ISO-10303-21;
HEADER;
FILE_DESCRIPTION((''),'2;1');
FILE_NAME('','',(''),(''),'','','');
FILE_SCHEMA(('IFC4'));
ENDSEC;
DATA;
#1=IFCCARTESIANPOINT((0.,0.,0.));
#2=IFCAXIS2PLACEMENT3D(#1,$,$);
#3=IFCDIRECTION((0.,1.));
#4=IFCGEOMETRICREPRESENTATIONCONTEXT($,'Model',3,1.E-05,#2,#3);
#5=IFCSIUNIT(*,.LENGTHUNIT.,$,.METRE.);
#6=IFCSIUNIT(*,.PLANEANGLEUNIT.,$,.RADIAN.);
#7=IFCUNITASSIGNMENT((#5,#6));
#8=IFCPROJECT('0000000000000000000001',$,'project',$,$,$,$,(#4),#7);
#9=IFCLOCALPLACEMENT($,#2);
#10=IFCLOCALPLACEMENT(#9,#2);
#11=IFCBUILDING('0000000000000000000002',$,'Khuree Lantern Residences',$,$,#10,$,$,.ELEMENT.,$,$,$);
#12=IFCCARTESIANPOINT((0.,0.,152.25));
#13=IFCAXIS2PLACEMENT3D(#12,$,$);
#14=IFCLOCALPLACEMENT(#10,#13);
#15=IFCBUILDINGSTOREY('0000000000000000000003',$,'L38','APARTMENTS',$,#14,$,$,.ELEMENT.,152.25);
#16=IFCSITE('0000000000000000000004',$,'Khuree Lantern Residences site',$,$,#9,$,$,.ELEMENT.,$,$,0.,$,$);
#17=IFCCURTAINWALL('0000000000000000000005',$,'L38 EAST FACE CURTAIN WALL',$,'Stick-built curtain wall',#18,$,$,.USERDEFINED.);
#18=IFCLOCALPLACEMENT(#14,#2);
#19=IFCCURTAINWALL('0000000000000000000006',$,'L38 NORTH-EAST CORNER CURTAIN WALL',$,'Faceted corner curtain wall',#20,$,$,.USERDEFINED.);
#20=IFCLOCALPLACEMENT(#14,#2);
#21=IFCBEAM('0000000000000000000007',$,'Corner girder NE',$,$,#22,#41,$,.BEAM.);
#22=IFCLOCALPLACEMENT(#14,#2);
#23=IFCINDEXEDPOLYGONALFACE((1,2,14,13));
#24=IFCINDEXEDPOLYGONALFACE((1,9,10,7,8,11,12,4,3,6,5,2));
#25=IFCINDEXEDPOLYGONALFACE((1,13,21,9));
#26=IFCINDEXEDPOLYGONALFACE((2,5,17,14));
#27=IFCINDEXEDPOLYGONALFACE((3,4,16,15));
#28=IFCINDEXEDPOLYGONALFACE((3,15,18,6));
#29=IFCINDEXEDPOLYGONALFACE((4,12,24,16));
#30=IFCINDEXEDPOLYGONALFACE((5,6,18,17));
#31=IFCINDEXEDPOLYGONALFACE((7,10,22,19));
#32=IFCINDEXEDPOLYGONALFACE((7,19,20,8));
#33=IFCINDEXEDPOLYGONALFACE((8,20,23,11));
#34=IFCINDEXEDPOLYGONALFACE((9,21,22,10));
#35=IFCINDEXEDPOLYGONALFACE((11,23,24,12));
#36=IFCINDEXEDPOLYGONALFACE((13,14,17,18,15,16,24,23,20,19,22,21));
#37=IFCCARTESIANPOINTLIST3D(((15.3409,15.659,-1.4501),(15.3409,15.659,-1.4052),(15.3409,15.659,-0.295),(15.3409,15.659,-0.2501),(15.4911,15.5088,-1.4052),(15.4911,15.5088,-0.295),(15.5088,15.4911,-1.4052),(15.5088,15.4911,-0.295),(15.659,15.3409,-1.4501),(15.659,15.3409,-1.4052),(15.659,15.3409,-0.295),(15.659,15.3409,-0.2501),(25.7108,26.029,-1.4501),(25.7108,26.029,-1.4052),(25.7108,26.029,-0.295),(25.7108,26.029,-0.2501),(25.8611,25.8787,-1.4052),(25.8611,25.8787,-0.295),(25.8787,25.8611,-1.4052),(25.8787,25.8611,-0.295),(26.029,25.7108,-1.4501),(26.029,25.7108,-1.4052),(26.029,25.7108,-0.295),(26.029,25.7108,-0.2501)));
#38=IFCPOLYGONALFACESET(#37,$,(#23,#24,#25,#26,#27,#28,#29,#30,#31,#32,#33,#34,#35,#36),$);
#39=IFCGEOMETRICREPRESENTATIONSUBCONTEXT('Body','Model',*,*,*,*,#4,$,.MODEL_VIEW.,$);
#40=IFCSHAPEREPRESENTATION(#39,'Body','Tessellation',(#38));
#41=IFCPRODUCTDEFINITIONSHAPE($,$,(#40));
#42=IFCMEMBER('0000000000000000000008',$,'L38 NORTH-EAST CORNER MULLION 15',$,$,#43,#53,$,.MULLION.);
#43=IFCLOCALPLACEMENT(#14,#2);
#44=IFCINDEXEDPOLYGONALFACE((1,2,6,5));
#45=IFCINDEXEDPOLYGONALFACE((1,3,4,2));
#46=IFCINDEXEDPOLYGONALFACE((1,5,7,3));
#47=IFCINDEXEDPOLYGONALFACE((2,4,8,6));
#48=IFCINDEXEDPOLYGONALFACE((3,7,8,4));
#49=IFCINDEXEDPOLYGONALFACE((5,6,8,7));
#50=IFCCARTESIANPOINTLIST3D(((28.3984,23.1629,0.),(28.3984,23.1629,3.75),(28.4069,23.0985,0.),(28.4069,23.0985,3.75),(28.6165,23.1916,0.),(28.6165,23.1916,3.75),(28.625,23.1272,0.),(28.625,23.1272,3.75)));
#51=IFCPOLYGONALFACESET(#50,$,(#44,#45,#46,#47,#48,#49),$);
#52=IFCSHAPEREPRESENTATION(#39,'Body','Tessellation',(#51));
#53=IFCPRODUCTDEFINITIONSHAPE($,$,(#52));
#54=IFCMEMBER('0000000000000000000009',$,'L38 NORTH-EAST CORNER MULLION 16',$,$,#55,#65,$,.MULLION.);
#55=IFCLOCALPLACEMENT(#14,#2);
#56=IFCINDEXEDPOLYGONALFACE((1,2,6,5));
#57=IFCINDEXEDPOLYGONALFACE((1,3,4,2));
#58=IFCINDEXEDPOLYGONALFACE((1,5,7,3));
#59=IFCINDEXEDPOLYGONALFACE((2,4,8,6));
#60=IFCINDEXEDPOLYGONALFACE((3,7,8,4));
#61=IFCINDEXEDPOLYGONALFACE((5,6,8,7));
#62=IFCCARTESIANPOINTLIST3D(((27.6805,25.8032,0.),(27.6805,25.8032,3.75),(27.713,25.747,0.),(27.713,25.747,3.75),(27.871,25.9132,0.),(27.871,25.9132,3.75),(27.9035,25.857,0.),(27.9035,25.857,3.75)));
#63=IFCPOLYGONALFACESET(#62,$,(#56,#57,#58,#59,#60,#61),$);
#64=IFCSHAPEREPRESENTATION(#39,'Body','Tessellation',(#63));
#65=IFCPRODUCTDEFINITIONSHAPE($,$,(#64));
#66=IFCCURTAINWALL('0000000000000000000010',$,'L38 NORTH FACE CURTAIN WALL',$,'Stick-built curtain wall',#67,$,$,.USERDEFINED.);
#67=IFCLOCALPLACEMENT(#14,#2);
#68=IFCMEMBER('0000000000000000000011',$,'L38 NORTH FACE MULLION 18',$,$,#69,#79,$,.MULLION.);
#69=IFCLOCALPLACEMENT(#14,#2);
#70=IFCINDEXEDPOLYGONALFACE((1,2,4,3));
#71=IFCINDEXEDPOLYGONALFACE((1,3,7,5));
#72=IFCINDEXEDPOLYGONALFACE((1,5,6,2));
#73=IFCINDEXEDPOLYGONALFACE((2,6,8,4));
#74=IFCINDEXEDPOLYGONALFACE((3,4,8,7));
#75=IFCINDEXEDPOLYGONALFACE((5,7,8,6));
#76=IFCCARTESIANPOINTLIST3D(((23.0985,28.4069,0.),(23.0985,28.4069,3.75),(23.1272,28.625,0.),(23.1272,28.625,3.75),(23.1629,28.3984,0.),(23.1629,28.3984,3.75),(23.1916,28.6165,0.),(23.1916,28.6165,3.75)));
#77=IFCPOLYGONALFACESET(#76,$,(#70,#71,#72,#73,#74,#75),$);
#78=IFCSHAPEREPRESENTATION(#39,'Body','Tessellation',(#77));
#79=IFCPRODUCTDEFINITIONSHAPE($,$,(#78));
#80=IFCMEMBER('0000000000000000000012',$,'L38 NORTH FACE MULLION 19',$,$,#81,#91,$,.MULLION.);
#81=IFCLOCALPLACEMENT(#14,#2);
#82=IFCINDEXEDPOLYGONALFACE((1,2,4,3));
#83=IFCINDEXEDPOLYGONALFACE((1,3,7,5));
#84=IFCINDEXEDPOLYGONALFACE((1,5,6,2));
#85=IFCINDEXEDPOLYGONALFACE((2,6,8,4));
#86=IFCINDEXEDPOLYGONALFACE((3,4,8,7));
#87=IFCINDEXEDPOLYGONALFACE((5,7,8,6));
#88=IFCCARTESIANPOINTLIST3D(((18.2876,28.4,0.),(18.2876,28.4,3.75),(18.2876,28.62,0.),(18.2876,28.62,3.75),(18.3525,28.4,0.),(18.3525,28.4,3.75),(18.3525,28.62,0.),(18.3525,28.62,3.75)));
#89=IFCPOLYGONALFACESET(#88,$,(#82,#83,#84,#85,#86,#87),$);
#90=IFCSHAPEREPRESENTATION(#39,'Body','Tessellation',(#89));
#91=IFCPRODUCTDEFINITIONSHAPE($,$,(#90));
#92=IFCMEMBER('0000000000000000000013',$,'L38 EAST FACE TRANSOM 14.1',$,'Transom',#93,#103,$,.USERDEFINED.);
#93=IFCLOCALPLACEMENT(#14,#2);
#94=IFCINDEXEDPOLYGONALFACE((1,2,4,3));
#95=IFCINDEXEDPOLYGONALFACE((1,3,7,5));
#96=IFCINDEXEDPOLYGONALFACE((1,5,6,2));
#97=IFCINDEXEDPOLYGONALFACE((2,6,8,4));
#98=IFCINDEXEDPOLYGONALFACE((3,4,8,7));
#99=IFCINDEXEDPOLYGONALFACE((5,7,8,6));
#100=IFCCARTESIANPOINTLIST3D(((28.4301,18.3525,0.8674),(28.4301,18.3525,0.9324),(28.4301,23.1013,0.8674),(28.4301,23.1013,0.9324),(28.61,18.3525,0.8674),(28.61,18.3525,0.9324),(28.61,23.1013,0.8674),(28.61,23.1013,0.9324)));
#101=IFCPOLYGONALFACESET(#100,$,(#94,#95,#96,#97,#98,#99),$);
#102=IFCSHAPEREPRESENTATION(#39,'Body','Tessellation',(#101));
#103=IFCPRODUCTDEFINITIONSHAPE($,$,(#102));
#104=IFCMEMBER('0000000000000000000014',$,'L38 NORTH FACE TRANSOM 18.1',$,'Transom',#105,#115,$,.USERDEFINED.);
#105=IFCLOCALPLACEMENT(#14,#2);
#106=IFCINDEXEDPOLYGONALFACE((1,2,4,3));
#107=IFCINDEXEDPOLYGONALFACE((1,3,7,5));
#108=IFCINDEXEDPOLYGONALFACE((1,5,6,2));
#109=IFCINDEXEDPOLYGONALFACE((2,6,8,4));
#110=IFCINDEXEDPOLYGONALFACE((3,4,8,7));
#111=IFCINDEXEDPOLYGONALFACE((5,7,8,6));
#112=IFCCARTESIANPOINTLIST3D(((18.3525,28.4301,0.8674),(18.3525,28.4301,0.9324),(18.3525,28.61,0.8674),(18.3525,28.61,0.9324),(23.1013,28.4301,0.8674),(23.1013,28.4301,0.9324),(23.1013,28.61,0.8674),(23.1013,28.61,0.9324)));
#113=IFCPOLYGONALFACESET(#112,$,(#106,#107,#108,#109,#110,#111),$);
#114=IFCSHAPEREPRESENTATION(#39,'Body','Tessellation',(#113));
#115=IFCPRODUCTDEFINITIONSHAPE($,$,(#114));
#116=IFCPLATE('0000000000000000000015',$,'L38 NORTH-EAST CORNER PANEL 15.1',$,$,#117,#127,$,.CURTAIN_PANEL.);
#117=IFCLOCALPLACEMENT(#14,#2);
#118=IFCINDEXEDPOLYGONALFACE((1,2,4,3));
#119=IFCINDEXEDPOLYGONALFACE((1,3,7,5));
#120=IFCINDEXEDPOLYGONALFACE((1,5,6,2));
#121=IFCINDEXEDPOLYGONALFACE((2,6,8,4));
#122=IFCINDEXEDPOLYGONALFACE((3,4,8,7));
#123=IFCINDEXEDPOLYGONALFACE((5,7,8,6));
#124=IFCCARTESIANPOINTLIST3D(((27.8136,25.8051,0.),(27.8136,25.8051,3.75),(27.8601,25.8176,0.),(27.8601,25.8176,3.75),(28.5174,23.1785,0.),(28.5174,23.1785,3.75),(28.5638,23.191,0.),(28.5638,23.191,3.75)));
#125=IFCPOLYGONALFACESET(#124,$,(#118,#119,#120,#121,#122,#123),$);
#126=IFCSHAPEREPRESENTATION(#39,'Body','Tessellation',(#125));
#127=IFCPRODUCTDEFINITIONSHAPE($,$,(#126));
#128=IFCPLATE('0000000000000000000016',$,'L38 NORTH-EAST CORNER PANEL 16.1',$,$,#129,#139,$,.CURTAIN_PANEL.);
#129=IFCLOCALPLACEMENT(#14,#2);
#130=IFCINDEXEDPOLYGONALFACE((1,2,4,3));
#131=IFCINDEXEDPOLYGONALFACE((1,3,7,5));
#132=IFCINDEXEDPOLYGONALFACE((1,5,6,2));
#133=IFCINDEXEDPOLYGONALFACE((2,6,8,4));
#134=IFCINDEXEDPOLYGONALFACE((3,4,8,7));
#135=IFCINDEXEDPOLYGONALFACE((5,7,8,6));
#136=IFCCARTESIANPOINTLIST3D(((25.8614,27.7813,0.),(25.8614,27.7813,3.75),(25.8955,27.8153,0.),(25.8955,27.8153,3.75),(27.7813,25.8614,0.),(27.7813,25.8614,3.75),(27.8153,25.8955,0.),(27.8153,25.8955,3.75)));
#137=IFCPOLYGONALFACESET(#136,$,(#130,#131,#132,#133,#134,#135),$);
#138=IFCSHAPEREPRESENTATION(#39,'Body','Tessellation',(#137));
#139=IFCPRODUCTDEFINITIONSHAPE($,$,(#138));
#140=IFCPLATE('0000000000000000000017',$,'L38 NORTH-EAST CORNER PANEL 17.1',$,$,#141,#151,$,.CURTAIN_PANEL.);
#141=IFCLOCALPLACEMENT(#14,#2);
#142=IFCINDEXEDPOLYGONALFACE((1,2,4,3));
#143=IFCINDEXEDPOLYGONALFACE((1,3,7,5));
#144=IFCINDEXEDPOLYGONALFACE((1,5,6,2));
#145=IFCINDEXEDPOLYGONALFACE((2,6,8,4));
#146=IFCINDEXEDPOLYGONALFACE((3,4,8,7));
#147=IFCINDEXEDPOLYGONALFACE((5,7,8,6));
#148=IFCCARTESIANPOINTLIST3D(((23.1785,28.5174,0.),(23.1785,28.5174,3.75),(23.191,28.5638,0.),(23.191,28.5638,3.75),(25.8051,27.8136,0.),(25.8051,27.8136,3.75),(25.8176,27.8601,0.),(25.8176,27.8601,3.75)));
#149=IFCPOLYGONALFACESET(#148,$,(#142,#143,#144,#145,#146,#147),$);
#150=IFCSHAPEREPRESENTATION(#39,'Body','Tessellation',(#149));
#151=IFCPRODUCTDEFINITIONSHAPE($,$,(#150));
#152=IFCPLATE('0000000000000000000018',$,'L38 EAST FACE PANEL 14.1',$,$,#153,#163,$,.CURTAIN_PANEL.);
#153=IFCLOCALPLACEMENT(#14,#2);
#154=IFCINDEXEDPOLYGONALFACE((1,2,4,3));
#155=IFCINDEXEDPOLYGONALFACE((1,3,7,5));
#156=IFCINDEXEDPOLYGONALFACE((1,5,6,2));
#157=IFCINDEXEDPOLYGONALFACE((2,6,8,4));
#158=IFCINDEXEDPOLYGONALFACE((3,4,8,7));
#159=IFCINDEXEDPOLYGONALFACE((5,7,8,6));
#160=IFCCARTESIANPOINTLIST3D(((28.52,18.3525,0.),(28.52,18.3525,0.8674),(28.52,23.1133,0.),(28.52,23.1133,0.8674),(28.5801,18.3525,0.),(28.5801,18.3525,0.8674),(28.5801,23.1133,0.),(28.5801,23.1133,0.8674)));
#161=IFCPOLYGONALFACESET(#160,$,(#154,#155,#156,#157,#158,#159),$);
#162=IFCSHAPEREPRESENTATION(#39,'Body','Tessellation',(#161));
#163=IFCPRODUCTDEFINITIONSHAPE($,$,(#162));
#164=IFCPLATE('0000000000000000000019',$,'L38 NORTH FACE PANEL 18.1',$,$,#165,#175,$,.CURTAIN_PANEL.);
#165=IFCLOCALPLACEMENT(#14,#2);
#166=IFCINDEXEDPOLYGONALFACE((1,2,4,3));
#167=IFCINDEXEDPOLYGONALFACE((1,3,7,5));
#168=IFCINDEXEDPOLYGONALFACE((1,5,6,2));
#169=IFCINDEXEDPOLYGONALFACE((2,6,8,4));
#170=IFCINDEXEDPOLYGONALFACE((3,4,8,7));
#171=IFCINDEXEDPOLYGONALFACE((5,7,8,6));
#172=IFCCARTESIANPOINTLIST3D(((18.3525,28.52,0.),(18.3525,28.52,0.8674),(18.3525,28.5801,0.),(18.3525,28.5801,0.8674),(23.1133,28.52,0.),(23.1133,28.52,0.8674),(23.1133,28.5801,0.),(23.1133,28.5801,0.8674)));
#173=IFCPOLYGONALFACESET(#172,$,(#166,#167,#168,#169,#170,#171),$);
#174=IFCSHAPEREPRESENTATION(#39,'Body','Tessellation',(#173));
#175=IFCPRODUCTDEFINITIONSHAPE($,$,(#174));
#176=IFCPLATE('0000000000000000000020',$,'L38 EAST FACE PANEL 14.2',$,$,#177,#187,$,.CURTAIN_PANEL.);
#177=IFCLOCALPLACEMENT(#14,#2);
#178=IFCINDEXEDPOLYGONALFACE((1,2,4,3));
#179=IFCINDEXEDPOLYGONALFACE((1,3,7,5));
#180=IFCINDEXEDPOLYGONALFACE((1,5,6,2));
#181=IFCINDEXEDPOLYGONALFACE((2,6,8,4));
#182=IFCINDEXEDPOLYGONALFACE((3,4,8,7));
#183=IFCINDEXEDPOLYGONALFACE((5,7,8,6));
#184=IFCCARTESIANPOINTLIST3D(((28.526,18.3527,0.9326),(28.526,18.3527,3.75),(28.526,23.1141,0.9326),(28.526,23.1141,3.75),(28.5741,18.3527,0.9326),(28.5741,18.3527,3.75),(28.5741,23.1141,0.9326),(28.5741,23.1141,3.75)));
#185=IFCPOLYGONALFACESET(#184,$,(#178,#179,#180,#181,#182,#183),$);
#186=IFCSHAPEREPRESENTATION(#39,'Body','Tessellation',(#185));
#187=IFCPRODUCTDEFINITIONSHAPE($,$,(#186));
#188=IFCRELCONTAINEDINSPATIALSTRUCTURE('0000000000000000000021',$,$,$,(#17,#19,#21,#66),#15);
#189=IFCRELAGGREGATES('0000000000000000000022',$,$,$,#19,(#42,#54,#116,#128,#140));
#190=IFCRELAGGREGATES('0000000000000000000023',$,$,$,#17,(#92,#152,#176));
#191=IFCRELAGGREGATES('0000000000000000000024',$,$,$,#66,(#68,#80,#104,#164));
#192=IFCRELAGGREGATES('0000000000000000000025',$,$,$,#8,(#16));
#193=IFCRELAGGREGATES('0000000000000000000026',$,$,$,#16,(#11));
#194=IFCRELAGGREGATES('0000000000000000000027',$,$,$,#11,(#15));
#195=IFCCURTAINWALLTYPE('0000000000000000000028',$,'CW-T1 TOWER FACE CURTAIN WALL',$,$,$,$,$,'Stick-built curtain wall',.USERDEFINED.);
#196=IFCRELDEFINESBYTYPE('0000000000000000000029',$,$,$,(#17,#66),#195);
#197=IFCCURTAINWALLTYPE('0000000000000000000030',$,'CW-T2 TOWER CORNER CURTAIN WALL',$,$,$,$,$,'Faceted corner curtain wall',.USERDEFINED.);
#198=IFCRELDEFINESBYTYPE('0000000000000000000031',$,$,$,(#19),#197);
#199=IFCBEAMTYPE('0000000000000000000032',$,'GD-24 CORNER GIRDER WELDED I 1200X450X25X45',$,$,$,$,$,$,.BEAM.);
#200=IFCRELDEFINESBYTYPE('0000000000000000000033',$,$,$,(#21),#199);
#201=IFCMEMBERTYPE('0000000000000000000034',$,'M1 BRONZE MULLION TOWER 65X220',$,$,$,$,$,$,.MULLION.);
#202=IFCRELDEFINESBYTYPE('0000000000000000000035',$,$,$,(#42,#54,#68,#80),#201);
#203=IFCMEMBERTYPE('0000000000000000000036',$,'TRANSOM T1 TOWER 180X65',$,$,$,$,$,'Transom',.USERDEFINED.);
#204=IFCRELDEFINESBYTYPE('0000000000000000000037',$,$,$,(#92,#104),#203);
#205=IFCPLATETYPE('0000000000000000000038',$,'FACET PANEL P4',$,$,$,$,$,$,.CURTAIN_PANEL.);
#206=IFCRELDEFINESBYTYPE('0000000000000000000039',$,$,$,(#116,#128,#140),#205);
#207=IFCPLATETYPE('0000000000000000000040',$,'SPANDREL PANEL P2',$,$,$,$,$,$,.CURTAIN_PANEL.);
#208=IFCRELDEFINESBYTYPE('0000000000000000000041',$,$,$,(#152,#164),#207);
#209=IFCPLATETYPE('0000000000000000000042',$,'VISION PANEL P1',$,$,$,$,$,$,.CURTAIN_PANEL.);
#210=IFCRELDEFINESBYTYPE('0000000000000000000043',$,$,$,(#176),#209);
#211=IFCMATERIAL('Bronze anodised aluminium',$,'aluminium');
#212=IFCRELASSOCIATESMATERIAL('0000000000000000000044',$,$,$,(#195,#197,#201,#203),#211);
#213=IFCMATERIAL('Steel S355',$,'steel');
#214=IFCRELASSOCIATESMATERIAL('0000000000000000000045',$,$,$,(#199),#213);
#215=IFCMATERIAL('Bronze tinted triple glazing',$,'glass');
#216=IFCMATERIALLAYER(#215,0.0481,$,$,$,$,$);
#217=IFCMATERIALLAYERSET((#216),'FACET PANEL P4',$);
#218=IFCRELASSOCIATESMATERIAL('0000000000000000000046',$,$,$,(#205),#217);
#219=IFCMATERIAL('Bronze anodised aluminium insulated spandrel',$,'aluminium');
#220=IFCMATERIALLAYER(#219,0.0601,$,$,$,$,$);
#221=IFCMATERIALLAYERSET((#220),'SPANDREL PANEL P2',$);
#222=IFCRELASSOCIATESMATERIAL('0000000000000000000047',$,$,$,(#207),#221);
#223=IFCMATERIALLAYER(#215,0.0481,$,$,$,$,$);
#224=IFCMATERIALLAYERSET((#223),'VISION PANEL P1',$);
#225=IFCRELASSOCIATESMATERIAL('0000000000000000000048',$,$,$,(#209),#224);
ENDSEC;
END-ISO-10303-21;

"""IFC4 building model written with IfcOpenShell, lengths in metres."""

from ifc_helpers import new_model, si_unit, direction, frame, origin, origin_2d, place, context, subcontext, project, spatial, rectangle, i_section, extrude, material, layer, layer_set, material_profile, profile_set, type_object, element, aggregate, save


model = new_model("IFC4")

# Units and contexts
model_context = context("Model", 3, precision=1e-05, world=origin(), true_north=direction((0.0, 1.0)))
body_context = subcontext(model_context, "Body", "Model", "MODEL_VIEW")
ifc_project = project(units=[si_unit("LENGTHUNIT", "METRE"), si_unit("PLANEANGLEUNIT", "RADIAN")], contexts=[model_context])

# Site, building, storey
site_placement = place(None, origin())
site = spatial("IfcSite", under=ifc_project, at=site_placement, Name="Khuree Lantern Residences site", CompositionType="ELEMENT", RefElevation=0.0)
building_placement = place(site_placement, origin())
building = spatial("IfcBuilding", under=site, at=building_placement, Name="Khuree Lantern Residences", CompositionType="ELEMENT")
storey_placement = place(building_placement, frame((0.0, 0.0, 152.25)))
storey = spatial("IfcBuildingStorey", under=building, at=storey_placement, Name="L38", Description="APARTMENTS", CompositionType="ELEMENT", Elevation=152.25)

# Shared definitions
ifc_material_1 = material(Name="Steel S355", Category="steel")

# Curtain walls
ifc_material_2 = material(Name="Bronze anodised aluminium", Category="aluminium")
curtain_wall_type_1 = type_object("IfcCurtainWallType", Name="CW-T1 TOWER FACE CURTAIN WALL", ElementType="Stick-built curtain wall", PredefinedType="USERDEFINED", material=ifc_material_2)
curtain_wall_1_placement = place(storey_placement, origin())
curtain_wall_1 = element("IfcCurtainWall", 1, at=curtain_wall_1_placement, inside=storey, type_object=curtain_wall_type_1, Name="L38 EAST FACE CURTAIN WALL", ObjectType="Stick-built curtain wall", PredefinedType="USERDEFINED")
curtain_wall_type_2 = type_object("IfcCurtainWallType", Name="CW-T2 TOWER CORNER CURTAIN WALL", ElementType="Faceted corner curtain wall", PredefinedType="USERDEFINED", material=ifc_material_2)
curtain_wall_2_placement = place(storey_placement, origin())
curtain_wall_2 = element("IfcCurtainWall", 2, at=curtain_wall_2_placement, inside=storey, type_object=curtain_wall_type_2, Name="L38 NORTH-EAST CORNER CURTAIN WALL", ObjectType="Faceted corner curtain wall", PredefinedType="USERDEFINED")

# Beam
ifc_material_profile_1 = material_profile(ifc_material_1, i_section(OverallWidth=0.45, OverallDepth=1.2, WebThickness=0.0249, FlangeThickness=0.0449, at=origin_2d()), Name="WELDED I 1200X450X25X45")
ifc_profile_set_1 = profile_set([ifc_material_profile_1], Name="Steel S355")
beam_type_1 = type_object("IfcBeamType", Name="GD-24 CORNER GIRDER WELDED I 1200X450X25X45", PredefinedType="BEAM", material=ifc_profile_set_1)
beam_1_placement = place(storey_placement, frame((25.8699, 25.8699, -0.8501), z_axis=(-0.707107, -0.707107, 0.0), x_axis=(0.707107, -0.707107, 0.0)))
element("IfcBeam", 3, at=beam_1_placement, inside=storey, type_object=beam_type_1, Name="Corner girder NE", PredefinedType="BEAM", context=body_context, shape_type="SweptSolid", body=[
    extrude(i_section(OverallWidth=0.45, OverallDepth=1.2, WebThickness=0.0249, FlangeThickness=0.0449, at=origin_2d()), origin(), (0.0, 0.0, 1.0), 14.6653),
])

# Members
ifc_material_profile_2 = material_profile(ifc_material_2, rectangle(XDim=0.0649, YDim=0.22, at=origin_2d()), Name="M1 65X220")
ifc_profile_set_2 = profile_set([ifc_material_profile_2], Name="Bronze anodised aluminium")
member_type_1 = type_object("IfcMemberType", Name="M1 BRONZE MULLION TOWER 65X220", PredefinedType="MULLION", material=ifc_profile_set_2)
member_1_placement = place(storey_placement, frame((28.5117, 23.145, 0.0), z_axis=(0.0, 0.0, 1.0), x_axis=(-0.130526, 0.991445, 0.0)))
member_1 = element("IfcMember", 4, at=member_1_placement, type_object=member_type_1, Name="L38 NORTH-EAST CORNER MULLION 15", PredefinedType="MULLION", context=body_context, shape_type="SweptSolid", body=[
    extrude(rectangle(XDim=0.0649, YDim=0.22, at=origin_2d()), origin(), (0.0, 0.0, 1.0), 3.75),
])
member_2_placement = place(storey_placement, frame((27.792, 25.8301, 0.0), z_axis=(0.0, 0.0, 1.0), x_axis=(-0.5, 0.866025, 0.0)))
member_2 = element("IfcMember", 5, at=member_2_placement, type_object=member_type_1, Name="L38 NORTH-EAST CORNER MULLION 16", PredefinedType="MULLION", context=body_context, shape_type="SweptSolid", body=[
    extrude(rectangle(XDim=0.0649, YDim=0.22, at=origin_2d()), origin(), (0.0, 0.0, 1.0), 3.75),
])

# Curtain wall, members
curtain_wall_3_placement = place(storey_placement, origin())
curtain_wall_3 = element("IfcCurtainWall", 6, at=curtain_wall_3_placement, inside=storey, type_object=curtain_wall_type_1, Name="L38 NORTH FACE CURTAIN WALL", ObjectType="Stick-built curtain wall", PredefinedType="USERDEFINED")
member_3_placement = place(storey_placement, frame((23.145, 28.5117, 0.0), z_axis=(0.0, 0.0, 1.0), x_axis=(-0.991445, 0.130526, 0.0)))
member_3 = element("IfcMember", 7, at=member_3_placement, type_object=member_type_1, Name="L38 NORTH FACE MULLION 18", PredefinedType="MULLION", context=body_context, shape_type="SweptSolid", body=[
    extrude(rectangle(XDim=0.0649, YDim=0.22, at=origin_2d()), origin(), (0.0, 0.0, 1.0), 3.75),
])
member_4_placement = place(storey_placement, frame((18.3201, 28.51, 0.0), z_axis=(0.0, 0.0, 1.0), x_axis=(-1.0, 0.0, 0.0)))
member_4 = element("IfcMember", 8, at=member_4_placement, type_object=member_type_1, Name="L38 NORTH FACE MULLION 19", PredefinedType="MULLION", context=body_context, shape_type="SweptSolid", body=[
    extrude(rectangle(XDim=0.0649, YDim=0.22, at=origin_2d()), origin(), (0.0, 0.0, 1.0), 3.75),
])

# Members
ifc_material_profile_3 = material_profile(ifc_material_2, rectangle(XDim=0.1799, YDim=0.0649, at=origin_2d()), Name="T1 180X65")
ifc_profile_set_3 = profile_set([ifc_material_profile_3], Name="Bronze anodised aluminium")
member_type_2 = type_object("IfcMemberType", Name="TRANSOM T1 TOWER 180X65", ElementType="Transom", PredefinedType="USERDEFINED", material=ifc_profile_set_3)
member_5_placement = place(storey_placement, frame((28.52, 18.3525, 0.8999), z_axis=(0.0, 1.0, 0.0), x_axis=(-1.0, 0.0, 0.0)))
member_5 = element("IfcMember", 9, at=member_5_placement, type_object=member_type_2, Name="L38 EAST FACE TRANSOM 14.1", ObjectType="Transom", PredefinedType="USERDEFINED", context=body_context, shape_type="SweptSolid", body=[
    extrude(rectangle(XDim=0.1799, YDim=0.0649, at=origin_2d()), origin(), (0.0, 0.0, 1.0), 4.7488),
])
member_6_placement = place(storey_placement, frame((23.1013, 28.52, 0.8999), z_axis=(-1.0, 0.0, 0.0), x_axis=(0.0, -1.0, 0.0)))
member_6 = element("IfcMember", 10, at=member_6_placement, type_object=member_type_2, Name="L38 NORTH FACE TRANSOM 18.1", ObjectType="Transom", PredefinedType="USERDEFINED", context=body_context, shape_type="SweptSolid", body=[
    extrude(rectangle(XDim=0.1799, YDim=0.0649, at=origin_2d()), origin(), (0.0, 0.0, 1.0), 4.7488),
])

# Plates
ifc_material_3 = material(Name="Bronze tinted triple glazing", Category="glass")
ifc_layer_1 = layer(ifc_material_3, 0.0481)
ifc_layer_set_1 = layer_set([ifc_layer_1], Name="FACET PANEL P4")
plate_type_1 = type_object("IfcPlateType", Name="FACET PANEL P4", PredefinedType="CURTAIN_PANEL", material=ifc_layer_set_1)
plate_1_placement = place(storey_placement, frame((28.1887, 24.498, 0.0), z_axis=(0.0, 0.0, 1.0), x_axis=(-0.258819, 0.965926, 0.0)))
plate_1 = element("IfcPlate", 11, at=plate_1_placement, type_object=plate_type_1, Name="L38 NORTH-EAST CORNER PANEL 15.1", PredefinedType="CURTAIN_PANEL", context=body_context, shape_type="SweptSolid", body=[
    extrude(rectangle(XDim=2.7192, YDim=0.0481, at=origin_2d()), origin(), (0.0, 0.0, 1.0), 3.75),
])
plate_2_placement = place(storey_placement, frame((26.8384, 26.8384, 0.0), z_axis=(0.0, 0.0, 1.0), x_axis=(-0.707107, 0.707107, 0.0)))
plate_2 = element("IfcPlate", 12, at=plate_2_placement, type_object=plate_type_1, Name="L38 NORTH-EAST CORNER PANEL 16.1", PredefinedType="CURTAIN_PANEL", context=body_context, shape_type="SweptSolid", body=[
    extrude(rectangle(XDim=2.7151, YDim=0.0481, at=origin_2d()), origin(), (0.0, 0.0, 1.0), 3.75),
])
plate_3_placement = place(storey_placement, frame((24.498, 28.1887, 0.0), z_axis=(0.0, 0.0, 1.0), x_axis=(-0.965926, 0.258819, 0.0)))
plate_3 = element("IfcPlate", 13, at=plate_3_placement, type_object=plate_type_1, Name="L38 NORTH-EAST CORNER PANEL 17.1", PredefinedType="CURTAIN_PANEL", context=body_context, shape_type="SweptSolid", body=[
    extrude(rectangle(XDim=2.7192, YDim=0.0481, at=origin_2d()), origin(), (0.0, 0.0, 1.0), 3.75),
])
aggregate(curtain_wall_2, [member_1, member_2, plate_1, plate_2, plate_3])
ifc_material_4 = material(Name="Bronze anodised aluminium insulated spandrel", Category="aluminium")
ifc_layer_2 = layer(ifc_material_4, 0.0601)
ifc_layer_set_2 = layer_set([ifc_layer_2], Name="SPANDREL PANEL P2")
plate_type_2 = type_object("IfcPlateType", Name="SPANDREL PANEL P2", PredefinedType="CURTAIN_PANEL", material=ifc_layer_set_2)
plate_4_placement = place(storey_placement, frame((28.55, 20.7329, 0.0), z_axis=(0.0, 0.0, 1.0), x_axis=(0.0, 1.0, 0.0)))
plate_4 = element("IfcPlate", 14, at=plate_4_placement, type_object=plate_type_2, Name="L38 EAST FACE PANEL 14.1", PredefinedType="CURTAIN_PANEL", context=body_context, shape_type="SweptSolid", body=[
    extrude(rectangle(XDim=4.7607, YDim=0.0601, at=origin_2d()), origin(), (0.0, 0.0, 1.0), 0.8674),
])
plate_5_placement = place(storey_placement, frame((20.7329, 28.55, 0.0), z_axis=(0.0, 0.0, 1.0), x_axis=(-1.0, 0.0, 0.0)))
plate_5 = element("IfcPlate", 15, at=plate_5_placement, type_object=plate_type_2, Name="L38 NORTH FACE PANEL 18.1", PredefinedType="CURTAIN_PANEL", context=body_context, shape_type="SweptSolid", body=[
    extrude(rectangle(XDim=4.7607, YDim=0.0601, at=origin_2d()), origin(), (0.0, 0.0, 1.0), 0.8674),
])
ifc_layer_3 = layer(ifc_material_3, 0.0481)
ifc_layer_set_3 = layer_set([ifc_layer_3], Name="VISION PANEL P1")
plate_type_3 = type_object("IfcPlateType", Name="VISION PANEL P1", PredefinedType="CURTAIN_PANEL", material=ifc_layer_set_3)
plate_6_placement = place(storey_placement, frame((28.55, 20.7334, 0.9326), z_axis=(0.0, 0.0, 1.0), x_axis=(0.0, 1.0, 0.0)))
plate_6 = element("IfcPlate", 16, at=plate_6_placement, type_object=plate_type_3, Name="L38 EAST FACE PANEL 14.2", PredefinedType="CURTAIN_PANEL", context=body_context, shape_type="SweptSolid", body=[
    extrude(rectangle(XDim=4.7615, YDim=0.0481, at=origin_2d()), origin(), (0.0, 0.0, 1.0), 2.8174),
])
aggregate(curtain_wall_1, [member_5, plate_4, plate_6])
aggregate(curtain_wall_3, [member_3, member_4, member_6, plate_5])

save(model, "model.ifc")
